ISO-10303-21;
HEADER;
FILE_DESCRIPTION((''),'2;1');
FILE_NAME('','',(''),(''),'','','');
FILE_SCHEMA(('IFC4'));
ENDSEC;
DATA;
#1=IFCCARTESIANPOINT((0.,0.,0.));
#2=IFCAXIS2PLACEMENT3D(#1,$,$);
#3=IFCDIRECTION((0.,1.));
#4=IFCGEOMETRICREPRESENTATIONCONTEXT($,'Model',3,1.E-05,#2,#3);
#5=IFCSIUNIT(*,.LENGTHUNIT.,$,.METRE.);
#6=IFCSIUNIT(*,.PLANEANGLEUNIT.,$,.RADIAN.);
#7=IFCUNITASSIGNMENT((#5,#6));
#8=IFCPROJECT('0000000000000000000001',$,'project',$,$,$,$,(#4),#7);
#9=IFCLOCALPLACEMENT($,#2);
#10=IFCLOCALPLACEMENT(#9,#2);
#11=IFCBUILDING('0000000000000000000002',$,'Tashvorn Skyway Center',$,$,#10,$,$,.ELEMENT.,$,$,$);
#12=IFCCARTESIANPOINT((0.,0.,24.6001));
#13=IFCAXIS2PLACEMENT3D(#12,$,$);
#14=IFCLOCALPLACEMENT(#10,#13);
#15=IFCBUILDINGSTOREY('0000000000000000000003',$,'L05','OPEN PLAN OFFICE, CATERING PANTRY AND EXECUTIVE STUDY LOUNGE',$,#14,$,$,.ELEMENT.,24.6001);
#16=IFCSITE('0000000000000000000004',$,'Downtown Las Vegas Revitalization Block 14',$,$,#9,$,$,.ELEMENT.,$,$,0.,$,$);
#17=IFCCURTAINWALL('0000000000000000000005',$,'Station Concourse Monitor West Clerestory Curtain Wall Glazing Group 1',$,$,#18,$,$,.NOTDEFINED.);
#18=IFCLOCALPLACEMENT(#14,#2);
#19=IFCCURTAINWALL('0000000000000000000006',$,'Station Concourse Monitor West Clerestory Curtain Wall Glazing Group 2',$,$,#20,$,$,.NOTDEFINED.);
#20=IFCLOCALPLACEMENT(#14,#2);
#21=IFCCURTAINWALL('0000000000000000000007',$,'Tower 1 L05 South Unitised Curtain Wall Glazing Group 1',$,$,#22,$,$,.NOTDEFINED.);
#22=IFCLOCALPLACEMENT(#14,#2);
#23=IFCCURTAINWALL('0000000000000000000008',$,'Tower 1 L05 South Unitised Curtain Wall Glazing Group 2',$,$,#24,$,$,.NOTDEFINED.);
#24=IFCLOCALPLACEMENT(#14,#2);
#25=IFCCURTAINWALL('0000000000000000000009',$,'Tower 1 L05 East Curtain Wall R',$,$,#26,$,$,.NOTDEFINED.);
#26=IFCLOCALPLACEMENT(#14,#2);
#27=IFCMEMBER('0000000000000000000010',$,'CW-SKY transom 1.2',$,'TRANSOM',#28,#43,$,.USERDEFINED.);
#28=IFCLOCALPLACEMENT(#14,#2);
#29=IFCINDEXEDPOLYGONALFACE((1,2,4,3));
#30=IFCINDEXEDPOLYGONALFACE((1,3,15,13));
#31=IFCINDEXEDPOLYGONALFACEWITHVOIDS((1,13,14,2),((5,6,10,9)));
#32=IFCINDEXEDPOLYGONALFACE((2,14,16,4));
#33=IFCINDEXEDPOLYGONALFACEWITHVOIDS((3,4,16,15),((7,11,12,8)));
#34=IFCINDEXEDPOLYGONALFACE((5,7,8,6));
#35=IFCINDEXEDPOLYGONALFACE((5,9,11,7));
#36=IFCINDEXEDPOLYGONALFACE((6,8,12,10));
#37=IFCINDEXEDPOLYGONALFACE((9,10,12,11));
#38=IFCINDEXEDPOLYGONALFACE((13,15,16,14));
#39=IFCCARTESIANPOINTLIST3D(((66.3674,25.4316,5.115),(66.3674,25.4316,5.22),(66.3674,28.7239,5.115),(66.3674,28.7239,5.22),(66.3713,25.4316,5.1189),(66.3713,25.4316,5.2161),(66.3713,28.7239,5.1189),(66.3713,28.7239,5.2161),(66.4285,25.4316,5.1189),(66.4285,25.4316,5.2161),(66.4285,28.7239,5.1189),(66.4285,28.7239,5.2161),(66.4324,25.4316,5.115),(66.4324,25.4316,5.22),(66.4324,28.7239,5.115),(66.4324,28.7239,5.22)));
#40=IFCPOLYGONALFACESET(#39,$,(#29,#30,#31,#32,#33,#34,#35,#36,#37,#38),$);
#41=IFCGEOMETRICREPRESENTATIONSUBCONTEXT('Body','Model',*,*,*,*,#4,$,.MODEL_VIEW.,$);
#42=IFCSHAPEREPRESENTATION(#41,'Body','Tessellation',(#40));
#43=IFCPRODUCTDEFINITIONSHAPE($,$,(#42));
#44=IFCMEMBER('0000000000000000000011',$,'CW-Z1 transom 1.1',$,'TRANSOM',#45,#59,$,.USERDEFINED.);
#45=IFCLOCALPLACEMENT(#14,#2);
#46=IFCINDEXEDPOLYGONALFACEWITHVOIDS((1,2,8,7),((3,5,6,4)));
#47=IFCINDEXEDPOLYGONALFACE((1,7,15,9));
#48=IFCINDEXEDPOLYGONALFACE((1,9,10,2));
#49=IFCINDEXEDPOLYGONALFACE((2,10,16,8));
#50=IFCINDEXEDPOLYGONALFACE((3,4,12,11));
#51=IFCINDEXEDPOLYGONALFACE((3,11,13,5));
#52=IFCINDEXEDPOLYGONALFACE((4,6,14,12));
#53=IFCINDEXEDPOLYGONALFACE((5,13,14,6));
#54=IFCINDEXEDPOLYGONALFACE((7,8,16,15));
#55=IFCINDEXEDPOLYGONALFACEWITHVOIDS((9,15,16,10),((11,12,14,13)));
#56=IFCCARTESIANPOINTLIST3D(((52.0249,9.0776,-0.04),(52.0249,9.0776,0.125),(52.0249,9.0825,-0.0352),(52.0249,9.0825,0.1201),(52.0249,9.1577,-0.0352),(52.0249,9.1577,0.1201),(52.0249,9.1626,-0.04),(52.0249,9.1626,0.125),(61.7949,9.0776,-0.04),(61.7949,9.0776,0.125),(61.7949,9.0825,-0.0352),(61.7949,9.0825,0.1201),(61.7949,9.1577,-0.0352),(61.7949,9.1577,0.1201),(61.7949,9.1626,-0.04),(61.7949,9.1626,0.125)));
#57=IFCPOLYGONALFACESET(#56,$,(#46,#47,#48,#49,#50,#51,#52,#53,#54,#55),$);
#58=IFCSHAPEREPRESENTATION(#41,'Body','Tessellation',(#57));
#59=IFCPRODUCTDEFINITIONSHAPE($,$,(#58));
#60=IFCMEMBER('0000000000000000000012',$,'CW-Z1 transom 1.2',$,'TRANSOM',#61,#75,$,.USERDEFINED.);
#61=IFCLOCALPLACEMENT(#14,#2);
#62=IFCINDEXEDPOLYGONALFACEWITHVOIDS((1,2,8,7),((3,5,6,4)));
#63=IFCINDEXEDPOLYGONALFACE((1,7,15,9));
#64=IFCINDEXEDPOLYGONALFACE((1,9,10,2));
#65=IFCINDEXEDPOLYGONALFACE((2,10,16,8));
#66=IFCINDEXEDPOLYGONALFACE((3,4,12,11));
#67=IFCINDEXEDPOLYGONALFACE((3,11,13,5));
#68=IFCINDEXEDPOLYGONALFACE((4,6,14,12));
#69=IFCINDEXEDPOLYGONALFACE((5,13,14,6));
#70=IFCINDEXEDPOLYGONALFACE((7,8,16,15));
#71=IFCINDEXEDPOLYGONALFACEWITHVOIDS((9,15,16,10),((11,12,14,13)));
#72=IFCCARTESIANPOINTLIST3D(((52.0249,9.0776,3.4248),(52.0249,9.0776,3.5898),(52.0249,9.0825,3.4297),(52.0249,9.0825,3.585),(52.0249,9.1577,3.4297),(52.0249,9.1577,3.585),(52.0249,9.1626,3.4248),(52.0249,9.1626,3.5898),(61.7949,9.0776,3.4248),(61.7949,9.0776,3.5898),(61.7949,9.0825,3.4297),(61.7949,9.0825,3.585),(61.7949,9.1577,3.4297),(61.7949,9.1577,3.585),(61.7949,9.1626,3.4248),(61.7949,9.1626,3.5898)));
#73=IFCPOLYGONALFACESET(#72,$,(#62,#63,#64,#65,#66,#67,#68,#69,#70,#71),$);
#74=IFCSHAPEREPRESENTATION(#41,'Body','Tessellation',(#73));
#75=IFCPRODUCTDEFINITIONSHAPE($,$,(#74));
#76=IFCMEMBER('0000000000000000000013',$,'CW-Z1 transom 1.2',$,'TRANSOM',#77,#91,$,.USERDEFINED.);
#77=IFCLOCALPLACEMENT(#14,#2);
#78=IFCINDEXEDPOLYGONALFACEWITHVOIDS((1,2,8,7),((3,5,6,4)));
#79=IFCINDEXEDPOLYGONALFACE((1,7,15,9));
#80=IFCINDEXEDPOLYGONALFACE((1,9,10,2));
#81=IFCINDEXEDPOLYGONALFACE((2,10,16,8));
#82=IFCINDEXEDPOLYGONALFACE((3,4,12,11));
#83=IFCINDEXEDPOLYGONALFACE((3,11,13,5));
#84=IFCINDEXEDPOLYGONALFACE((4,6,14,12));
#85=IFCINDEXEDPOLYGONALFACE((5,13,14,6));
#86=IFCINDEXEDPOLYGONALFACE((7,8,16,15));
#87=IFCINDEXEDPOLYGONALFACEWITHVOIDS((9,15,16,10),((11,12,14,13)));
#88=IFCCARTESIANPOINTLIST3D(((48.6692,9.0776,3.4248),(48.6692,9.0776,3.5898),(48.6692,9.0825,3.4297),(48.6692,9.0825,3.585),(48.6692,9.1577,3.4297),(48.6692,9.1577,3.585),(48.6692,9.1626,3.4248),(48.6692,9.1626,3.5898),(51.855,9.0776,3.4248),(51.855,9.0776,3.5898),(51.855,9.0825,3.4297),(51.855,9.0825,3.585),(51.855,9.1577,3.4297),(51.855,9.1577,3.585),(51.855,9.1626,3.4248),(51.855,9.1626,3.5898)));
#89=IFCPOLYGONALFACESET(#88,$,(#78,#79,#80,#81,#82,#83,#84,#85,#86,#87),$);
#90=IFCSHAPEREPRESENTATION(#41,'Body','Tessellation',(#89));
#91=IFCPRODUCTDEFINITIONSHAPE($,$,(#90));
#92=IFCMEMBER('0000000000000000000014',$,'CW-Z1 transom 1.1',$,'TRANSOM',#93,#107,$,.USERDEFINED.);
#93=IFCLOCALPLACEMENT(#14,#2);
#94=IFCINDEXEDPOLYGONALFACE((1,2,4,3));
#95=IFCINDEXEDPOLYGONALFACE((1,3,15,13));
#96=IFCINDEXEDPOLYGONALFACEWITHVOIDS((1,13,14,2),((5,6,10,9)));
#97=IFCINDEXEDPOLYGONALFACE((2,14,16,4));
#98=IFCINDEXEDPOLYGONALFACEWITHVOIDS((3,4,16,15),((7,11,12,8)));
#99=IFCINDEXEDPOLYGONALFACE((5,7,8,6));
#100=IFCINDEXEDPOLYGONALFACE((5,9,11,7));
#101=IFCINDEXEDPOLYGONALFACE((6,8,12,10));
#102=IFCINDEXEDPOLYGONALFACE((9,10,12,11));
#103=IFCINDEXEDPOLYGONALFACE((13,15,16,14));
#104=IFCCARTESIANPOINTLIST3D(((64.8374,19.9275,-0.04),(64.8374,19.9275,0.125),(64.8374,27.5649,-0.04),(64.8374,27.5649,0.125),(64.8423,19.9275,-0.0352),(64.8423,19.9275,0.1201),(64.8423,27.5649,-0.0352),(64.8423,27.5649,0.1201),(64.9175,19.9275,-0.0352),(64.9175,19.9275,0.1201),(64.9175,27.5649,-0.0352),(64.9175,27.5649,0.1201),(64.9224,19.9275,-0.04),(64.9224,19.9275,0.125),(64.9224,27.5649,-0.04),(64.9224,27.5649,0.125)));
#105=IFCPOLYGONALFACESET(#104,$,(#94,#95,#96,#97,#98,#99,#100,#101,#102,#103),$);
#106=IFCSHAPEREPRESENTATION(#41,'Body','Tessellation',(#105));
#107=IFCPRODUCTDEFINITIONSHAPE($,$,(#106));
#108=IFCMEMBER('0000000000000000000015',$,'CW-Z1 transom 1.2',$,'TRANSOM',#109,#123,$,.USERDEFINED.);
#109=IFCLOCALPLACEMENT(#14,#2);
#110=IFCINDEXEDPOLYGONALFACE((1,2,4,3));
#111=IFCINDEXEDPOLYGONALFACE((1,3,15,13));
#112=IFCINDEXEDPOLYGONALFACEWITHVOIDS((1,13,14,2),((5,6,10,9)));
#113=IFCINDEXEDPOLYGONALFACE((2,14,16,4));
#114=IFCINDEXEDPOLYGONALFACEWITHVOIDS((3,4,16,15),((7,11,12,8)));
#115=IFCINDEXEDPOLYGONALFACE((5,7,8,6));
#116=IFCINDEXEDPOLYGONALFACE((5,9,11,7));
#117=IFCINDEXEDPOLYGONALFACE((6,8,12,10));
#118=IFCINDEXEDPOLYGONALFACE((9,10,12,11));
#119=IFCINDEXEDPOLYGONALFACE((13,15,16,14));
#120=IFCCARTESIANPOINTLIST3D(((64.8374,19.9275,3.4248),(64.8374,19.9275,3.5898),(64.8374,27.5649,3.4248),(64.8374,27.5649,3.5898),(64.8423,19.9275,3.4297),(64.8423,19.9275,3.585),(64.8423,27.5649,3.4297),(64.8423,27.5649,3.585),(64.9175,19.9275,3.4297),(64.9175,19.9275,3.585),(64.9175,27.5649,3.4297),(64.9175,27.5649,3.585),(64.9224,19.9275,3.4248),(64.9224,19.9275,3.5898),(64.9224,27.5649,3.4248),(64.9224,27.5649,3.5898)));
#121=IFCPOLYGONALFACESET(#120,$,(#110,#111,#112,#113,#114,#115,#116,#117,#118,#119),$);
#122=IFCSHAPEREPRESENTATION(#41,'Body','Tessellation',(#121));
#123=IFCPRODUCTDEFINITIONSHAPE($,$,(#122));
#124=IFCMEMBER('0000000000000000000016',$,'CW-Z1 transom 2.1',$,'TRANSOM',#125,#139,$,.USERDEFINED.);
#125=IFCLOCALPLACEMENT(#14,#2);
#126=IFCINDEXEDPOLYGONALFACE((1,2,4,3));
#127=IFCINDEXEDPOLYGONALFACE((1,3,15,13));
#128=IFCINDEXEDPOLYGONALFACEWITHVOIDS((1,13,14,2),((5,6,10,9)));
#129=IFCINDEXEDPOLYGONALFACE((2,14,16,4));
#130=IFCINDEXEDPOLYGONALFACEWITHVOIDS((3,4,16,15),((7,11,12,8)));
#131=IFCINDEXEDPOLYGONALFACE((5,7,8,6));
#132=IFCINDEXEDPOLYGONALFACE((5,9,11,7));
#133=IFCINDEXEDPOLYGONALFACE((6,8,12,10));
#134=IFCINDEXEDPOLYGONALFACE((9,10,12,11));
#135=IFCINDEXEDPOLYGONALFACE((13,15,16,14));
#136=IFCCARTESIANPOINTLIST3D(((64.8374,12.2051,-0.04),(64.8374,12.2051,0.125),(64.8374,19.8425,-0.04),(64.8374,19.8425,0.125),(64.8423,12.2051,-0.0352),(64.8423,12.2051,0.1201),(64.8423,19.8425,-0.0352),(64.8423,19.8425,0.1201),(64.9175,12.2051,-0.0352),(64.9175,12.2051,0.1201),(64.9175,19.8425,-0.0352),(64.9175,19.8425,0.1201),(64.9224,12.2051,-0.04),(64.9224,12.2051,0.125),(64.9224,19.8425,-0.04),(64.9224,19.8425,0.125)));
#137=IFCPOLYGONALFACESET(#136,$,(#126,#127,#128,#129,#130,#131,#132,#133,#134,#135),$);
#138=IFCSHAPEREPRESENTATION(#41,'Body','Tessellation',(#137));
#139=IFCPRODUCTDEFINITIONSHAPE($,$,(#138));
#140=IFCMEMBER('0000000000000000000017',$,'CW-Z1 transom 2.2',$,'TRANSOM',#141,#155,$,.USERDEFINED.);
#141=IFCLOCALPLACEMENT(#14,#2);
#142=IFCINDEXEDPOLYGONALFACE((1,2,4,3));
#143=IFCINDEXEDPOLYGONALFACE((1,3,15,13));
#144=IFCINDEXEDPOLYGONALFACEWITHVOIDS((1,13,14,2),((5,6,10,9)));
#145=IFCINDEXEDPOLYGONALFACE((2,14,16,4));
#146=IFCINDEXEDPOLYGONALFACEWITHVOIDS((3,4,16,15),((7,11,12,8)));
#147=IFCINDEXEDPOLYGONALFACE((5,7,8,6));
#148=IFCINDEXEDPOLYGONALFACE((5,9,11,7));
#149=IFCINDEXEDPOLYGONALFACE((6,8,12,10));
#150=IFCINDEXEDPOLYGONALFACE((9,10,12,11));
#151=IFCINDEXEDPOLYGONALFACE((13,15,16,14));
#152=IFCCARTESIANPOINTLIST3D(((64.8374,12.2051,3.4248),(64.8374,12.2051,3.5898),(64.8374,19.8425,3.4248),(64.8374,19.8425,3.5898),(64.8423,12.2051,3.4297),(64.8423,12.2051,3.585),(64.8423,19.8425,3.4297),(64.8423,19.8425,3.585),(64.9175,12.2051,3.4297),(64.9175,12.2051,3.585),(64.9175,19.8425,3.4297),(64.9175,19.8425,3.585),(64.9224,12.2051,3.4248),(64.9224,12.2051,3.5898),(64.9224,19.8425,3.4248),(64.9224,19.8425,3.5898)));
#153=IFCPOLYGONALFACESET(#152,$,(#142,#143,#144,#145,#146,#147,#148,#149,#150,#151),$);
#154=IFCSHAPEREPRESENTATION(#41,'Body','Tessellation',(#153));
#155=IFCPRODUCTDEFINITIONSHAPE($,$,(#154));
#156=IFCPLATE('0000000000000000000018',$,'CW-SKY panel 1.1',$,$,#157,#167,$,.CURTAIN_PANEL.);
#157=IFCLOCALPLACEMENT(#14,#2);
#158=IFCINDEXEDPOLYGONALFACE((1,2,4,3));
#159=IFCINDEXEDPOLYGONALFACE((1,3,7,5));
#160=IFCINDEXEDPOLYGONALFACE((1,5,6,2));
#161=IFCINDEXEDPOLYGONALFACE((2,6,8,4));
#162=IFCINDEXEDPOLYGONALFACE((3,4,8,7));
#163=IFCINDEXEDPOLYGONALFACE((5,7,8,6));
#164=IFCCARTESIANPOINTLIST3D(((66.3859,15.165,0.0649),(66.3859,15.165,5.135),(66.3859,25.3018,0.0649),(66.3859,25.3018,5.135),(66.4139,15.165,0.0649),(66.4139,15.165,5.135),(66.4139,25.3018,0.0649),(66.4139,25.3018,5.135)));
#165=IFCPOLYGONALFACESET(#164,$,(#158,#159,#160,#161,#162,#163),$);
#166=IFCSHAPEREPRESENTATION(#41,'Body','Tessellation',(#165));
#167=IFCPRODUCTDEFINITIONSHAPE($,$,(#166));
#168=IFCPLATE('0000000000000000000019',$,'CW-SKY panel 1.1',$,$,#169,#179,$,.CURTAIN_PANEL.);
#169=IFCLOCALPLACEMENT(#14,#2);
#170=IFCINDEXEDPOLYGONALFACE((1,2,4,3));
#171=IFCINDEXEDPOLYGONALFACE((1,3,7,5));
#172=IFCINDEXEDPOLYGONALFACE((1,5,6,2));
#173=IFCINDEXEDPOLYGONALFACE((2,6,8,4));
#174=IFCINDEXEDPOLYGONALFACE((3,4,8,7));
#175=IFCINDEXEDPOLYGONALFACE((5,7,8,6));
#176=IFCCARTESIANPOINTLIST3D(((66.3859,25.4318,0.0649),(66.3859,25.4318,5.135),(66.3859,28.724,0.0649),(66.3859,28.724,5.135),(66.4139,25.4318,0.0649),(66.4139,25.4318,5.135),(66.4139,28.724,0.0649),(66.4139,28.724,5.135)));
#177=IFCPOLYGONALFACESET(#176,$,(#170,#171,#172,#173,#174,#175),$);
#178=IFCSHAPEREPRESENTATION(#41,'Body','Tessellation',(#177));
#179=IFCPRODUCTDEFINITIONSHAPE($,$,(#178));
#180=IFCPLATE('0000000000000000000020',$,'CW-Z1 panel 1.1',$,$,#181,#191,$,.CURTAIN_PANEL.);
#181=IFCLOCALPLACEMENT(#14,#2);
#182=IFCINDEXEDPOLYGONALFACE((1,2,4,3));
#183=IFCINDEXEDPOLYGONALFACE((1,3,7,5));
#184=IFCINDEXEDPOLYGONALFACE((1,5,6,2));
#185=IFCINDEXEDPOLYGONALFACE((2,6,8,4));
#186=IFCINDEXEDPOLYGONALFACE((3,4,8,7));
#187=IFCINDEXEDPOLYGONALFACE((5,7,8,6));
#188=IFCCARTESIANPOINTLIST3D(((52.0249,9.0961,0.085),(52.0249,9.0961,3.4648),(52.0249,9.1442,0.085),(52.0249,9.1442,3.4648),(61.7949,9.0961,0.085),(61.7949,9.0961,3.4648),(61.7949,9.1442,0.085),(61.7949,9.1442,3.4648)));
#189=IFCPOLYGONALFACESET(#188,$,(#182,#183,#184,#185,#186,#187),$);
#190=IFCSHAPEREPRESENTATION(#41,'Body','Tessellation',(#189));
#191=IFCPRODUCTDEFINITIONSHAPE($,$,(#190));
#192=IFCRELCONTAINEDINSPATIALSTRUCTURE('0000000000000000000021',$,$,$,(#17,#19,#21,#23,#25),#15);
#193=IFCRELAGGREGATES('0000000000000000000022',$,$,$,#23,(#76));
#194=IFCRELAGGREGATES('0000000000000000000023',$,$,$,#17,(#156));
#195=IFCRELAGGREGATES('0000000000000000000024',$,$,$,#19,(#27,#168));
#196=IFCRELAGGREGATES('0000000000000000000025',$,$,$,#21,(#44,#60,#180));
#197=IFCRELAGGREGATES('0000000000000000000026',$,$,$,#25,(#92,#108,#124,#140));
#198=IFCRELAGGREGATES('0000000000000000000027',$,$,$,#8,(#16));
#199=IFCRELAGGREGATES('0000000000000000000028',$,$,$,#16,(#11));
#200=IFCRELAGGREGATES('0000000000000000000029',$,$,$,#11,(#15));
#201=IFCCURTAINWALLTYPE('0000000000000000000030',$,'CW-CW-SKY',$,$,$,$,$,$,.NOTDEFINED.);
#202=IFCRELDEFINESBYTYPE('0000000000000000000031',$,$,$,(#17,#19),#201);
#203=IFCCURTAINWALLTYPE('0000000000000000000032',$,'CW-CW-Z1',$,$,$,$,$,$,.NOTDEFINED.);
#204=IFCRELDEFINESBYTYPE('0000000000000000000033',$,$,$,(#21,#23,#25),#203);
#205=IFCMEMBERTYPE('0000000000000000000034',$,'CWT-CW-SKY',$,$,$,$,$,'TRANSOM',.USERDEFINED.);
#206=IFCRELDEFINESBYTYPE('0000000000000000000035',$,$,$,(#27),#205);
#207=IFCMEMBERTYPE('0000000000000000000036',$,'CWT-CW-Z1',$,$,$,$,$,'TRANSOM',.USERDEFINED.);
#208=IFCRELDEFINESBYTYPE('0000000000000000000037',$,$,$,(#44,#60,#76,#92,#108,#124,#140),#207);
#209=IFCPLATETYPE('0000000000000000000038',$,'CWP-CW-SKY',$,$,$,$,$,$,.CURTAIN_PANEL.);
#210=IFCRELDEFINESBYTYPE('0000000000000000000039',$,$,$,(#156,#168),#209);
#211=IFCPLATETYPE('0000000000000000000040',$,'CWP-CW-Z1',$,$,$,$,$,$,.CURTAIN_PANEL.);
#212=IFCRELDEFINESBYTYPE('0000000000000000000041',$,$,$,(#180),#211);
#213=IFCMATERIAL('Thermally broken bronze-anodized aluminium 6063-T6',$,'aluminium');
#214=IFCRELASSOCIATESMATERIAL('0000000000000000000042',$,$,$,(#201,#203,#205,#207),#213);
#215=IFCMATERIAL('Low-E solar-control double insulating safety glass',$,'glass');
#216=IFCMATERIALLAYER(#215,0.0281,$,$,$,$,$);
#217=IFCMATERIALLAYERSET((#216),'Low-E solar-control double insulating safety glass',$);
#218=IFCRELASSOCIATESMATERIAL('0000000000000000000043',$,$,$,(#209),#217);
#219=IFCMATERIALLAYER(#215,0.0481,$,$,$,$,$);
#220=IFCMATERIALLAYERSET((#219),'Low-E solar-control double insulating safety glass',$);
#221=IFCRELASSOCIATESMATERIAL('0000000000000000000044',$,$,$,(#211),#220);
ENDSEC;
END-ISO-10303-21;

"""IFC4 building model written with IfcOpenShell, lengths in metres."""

from ifc_helpers import new_model, si_unit, direction, frame, origin, origin_2d, place, context, subcontext, project, spatial, rectangle, hollow_rectangle, extrude, material, layer, layer_set, material_profile, profile_set, type_object, element, aggregate, save


model = new_model("IFC4")

# Units and contexts
model_context = context("Model", 3, precision=1e-05, world=origin(), true_north=direction((0.0, 1.0)))
body_context = subcontext(model_context, "Body", "Model", "MODEL_VIEW")
ifc_project = project(units=[si_unit("LENGTHUNIT", "METRE"), si_unit("PLANEANGLEUNIT", "RADIAN")], contexts=[model_context])

# Site, building, storey
site_placement = place(None, origin())
site = spatial("IfcSite", under=ifc_project, at=site_placement, Name="Downtown Las Vegas Revitalization Block 14", CompositionType="ELEMENT", RefElevation=0.0)
building_placement = place(site_placement, origin())
building = spatial("IfcBuilding", under=site, at=building_placement, Name="Tashvorn Skyway Center", CompositionType="ELEMENT")
storey_placement = place(building_placement, frame((0.0, 0.0, 24.6001)))
storey = spatial("IfcBuildingStorey", under=building, at=storey_placement, Name="L05", Description="OPEN PLAN OFFICE, CATERING PANTRY AND EXECUTIVE STUDY LOUNGE", CompositionType="ELEMENT", Elevation=24.6001)

# Curtain walls
ifc_material_1 = material(Name="Thermally broken bronze-anodized aluminium 6063-T6", Category="aluminium")
curtain_wall_type_1 = type_object("IfcCurtainWallType", Name="CW-CW-SKY", PredefinedType="NOTDEFINED", material=ifc_material_1)
curtain_wall_1_placement = place(storey_placement, origin())
curtain_wall_1 = element("IfcCurtainWall", 1, at=curtain_wall_1_placement, inside=storey, type_object=curtain_wall_type_1, Name="Station Concourse Monitor West Clerestory Curtain Wall Glazing Group 1", PredefinedType="NOTDEFINED")
curtain_wall_2_placement = place(storey_placement, origin())
curtain_wall_2 = element("IfcCurtainWall", 2, at=curtain_wall_2_placement, inside=storey, type_object=curtain_wall_type_1, Name="Station Concourse Monitor West Clerestory Curtain Wall Glazing Group 2", PredefinedType="NOTDEFINED")
curtain_wall_type_2 = type_object("IfcCurtainWallType", Name="CW-CW-Z1", PredefinedType="NOTDEFINED", material=ifc_material_1)
curtain_wall_3_placement = place(storey_placement, origin())
curtain_wall_3 = element("IfcCurtainWall", 3, at=curtain_wall_3_placement, inside=storey, type_object=curtain_wall_type_2, Name="Tower 1 L05 South Unitised Curtain Wall Glazing Group 1", PredefinedType="NOTDEFINED")

# Curtain wall
curtain_wall_4_placement = place(storey_placement, origin())
curtain_wall_4 = element("IfcCurtainWall", 4, at=curtain_wall_4_placement, inside=storey, type_object=curtain_wall_type_2, Name="Tower 1 L05 South Unitised Curtain Wall Glazing Group 2", PredefinedType="NOTDEFINED")

# Curtain wall
curtain_wall_5_placement = place(storey_placement, origin())
curtain_wall_5 = element("IfcCurtainWall", 5, at=curtain_wall_5_placement, inside=storey, type_object=curtain_wall_type_2, Name="Tower 1 L05 East Curtain Wall R", PredefinedType="NOTDEFINED")

# Members
ifc_material_profile_1 = material_profile(ifc_material_1, hollow_rectangle(XDim=0.0649, YDim=0.105, WallThickness=0.0039, at=origin_2d()), Name="ALU-TRAN-65x105")
ifc_profile_set_1 = profile_set([ifc_material_profile_1], Name="Thermally broken bronze-anodized aluminium 6063-T6")
member_type_1 = type_object("IfcMemberType", Name="CWT-CW-SKY", ElementType="TRANSOM", PredefinedType="USERDEFINED", material=ifc_profile_set_1)
member_1_placement = place(storey_placement, frame((66.3999, 25.4316, 5.1675), z_axis=(0.0, 1.0, 0.0), x_axis=(-1.0, 0.0, 0.0)))
member_1 = element("IfcMember", 6, at=member_1_placement, type_object=member_type_1, Name="CW-SKY transom 1.2", ObjectType="TRANSOM", PredefinedType="USERDEFINED", context=body_context, shape_type="SweptSolid", body=[
    extrude(hollow_rectangle(XDim=0.0649, YDim=0.105, WallThickness=0.0039, at=origin_2d()), origin(), (0.0, 0.0, 1.0), 3.2922),
])
ifc_material_profile_2 = material_profile(ifc_material_1, hollow_rectangle(XDim=0.085, YDim=0.165, WallThickness=0.0049, at=origin_2d()), Name="ALU-TRAN-85x165")
ifc_profile_set_2 = profile_set([ifc_material_profile_2], Name="Thermally broken bronze-anodized aluminium 6063-T6")
member_type_2 = type_object("IfcMemberType", Name="CWT-CW-Z1", ElementType="TRANSOM", PredefinedType="USERDEFINED", material=ifc_profile_set_2)
member_2_placement = place(storey_placement, frame((61.7949, 9.1201, 0.0425), z_axis=(-1.0, 0.0, 0.0), x_axis=(0.0, -1.0, 0.0)))
member_2 = element("IfcMember", 7, at=member_2_placement, type_object=member_type_2, Name="CW-Z1 transom 1.1", ObjectType="TRANSOM", PredefinedType="USERDEFINED", context=body_context, shape_type="SweptSolid", body=[
    extrude(hollow_rectangle(XDim=0.085, YDim=0.165, WallThickness=0.0049, at=origin_2d()), origin(), (0.0, 0.0, 1.0), 9.77),
])
member_3_placement = place(storey_placement, frame((61.7949, 9.1201, 3.5073), z_axis=(-1.0, 0.0, 0.0), x_axis=(0.0, -1.0, 0.0)))
member_3 = element("IfcMember", 8, at=member_3_placement, type_object=member_type_2, Name="CW-Z1 transom 1.2", ObjectType="TRANSOM", PredefinedType="USERDEFINED", context=body_context, shape_type="SweptSolid", body=[
    extrude(hollow_rectangle(XDim=0.085, YDim=0.165, WallThickness=0.0049, at=origin_2d()), origin(), (0.0, 0.0, 1.0), 9.77),
])
member_4_placement = place(storey_placement, frame((51.855, 9.1201, 3.5073), z_axis=(-1.0, 0.0, 0.0), x_axis=(0.0, -1.0, 0.0)))
member_4 = element("IfcMember", 9, at=member_4_placement, type_object=member_type_2, Name="CW-Z1 transom 1.2", ObjectType="TRANSOM", PredefinedType="USERDEFINED", context=body_context, shape_type="SweptSolid", body=[
    extrude(hollow_rectangle(XDim=0.085, YDim=0.165, WallThickness=0.0049, at=origin_2d()), origin(), (0.0, 0.0, 1.0), 3.1858),
])
aggregate(curtain_wall_4, [member_4])
member_5_placement = place(storey_placement, frame((64.8799, 27.5649, 0.0425), z_axis=(0.0, -1.0, 0.0), x_axis=(1.0, 0.0, 0.0)))
member_5 = element("IfcMember", 10, at=member_5_placement, type_object=member_type_2, Name="CW-Z1 transom 1.1", ObjectType="TRANSOM", PredefinedType="USERDEFINED", context=body_context, shape_type="SweptSolid", body=[
    extrude(hollow_rectangle(XDim=0.085, YDim=0.165, WallThickness=0.0049, at=origin_2d()), origin(), (0.0, 0.0, 1.0), 7.6375),
])
member_6_placement = place(storey_placement, frame((64.8799, 27.5649, 3.5073), z_axis=(0.0, -1.0, 0.0), x_axis=(1.0, 0.0, 0.0)))
member_6 = element("IfcMember", 11, at=member_6_placement, type_object=member_type_2, Name="CW-Z1 transom 1.2", ObjectType="TRANSOM", PredefinedType="USERDEFINED", context=body_context, shape_type="SweptSolid", body=[
    extrude(hollow_rectangle(XDim=0.085, YDim=0.165, WallThickness=0.0049, at=origin_2d()), origin(), (0.0, 0.0, 1.0), 7.6375),
])
member_7_placement = place(storey_placement, frame((64.8799, 19.8425, 0.0425), z_axis=(0.0, -1.0, 0.0), x_axis=(1.0, 0.0, 0.0)))
member_7 = element("IfcMember", 12, at=member_7_placement, type_object=member_type_2, Name="CW-Z1 transom 2.1", ObjectType="TRANSOM", PredefinedType="USERDEFINED", context=body_context, shape_type="SweptSolid", body=[
    extrude(hollow_rectangle(XDim=0.085, YDim=0.165, WallThickness=0.0049, at=origin_2d()), origin(), (0.0, 0.0, 1.0), 7.6375),
])
member_8_placement = place(storey_placement, frame((64.8799, 19.8425, 3.5073), z_axis=(0.0, -1.0, 0.0), x_axis=(1.0, 0.0, 0.0)))
member_8 = element("IfcMember", 13, at=member_8_placement, type_object=member_type_2, Name="CW-Z1 transom 2.2", ObjectType="TRANSOM", PredefinedType="USERDEFINED", context=body_context, shape_type="SweptSolid", body=[
    extrude(hollow_rectangle(XDim=0.085, YDim=0.165, WallThickness=0.0049, at=origin_2d()), origin(), (0.0, 0.0, 1.0), 7.6375),
])

# Plates
ifc_material_2 = material(Name="Low-E solar-control double insulating safety glass", Category="glass")
ifc_layer_1 = layer(ifc_material_2, 0.0281)
ifc_layer_set_1 = layer_set([ifc_layer_1], Name="Low-E solar-control double insulating safety glass")
plate_type_1 = type_object("IfcPlateType", Name="CWP-CW-SKY", PredefinedType="CURTAIN_PANEL", material=ifc_layer_set_1)
plate_1_placement = place(storey_placement, frame((66.3999, 20.2334, 0.0649), z_axis=(0.0, 0.0, 1.0), x_axis=(0.0, 1.0, 0.0)))
plate_1 = element("IfcPlate", 14, at=plate_1_placement, type_object=plate_type_1, Name="CW-SKY panel 1.1", PredefinedType="CURTAIN_PANEL", context=body_context, shape_type="SweptSolid", body=[
    extrude(rectangle(XDim=10.1367, YDim=0.0281, at=origin_2d()), origin(), (0.0, 0.0, 1.0), 5.0701),
])
aggregate(curtain_wall_1, [plate_1])
plate_2_placement = place(storey_placement, frame((66.3999, 27.0779, 0.0649), z_axis=(0.0, 0.0, 1.0), x_axis=(0.0, 1.0, 0.0)))
plate_2 = element("IfcPlate", 15, at=plate_2_placement, type_object=plate_type_1, Name="CW-SKY panel 1.1", PredefinedType="CURTAIN_PANEL", context=body_context, shape_type="SweptSolid", body=[
    extrude(rectangle(XDim=3.2922, YDim=0.0281, at=origin_2d()), origin(), (0.0, 0.0, 1.0), 5.0701),
])
aggregate(curtain_wall_2, [member_1, plate_2])
ifc_layer_2 = layer(ifc_material_2, 0.0481)
ifc_layer_set_2 = layer_set([ifc_layer_2], Name="Low-E solar-control double insulating safety glass")
plate_type_2 = type_object("IfcPlateType", Name="CWP-CW-Z1", PredefinedType="CURTAIN_PANEL", material=ifc_layer_set_2)
plate_3_placement = place(storey_placement, frame((56.9099, 9.1201, 0.085), z_axis=(0.0, 0.0, 1.0), x_axis=(-1.0, 0.0, 0.0)))
plate_3 = element("IfcPlate", 16, at=plate_3_placement, type_object=plate_type_2, Name="CW-Z1 panel 1.1", PredefinedType="CURTAIN_PANEL", context=body_context, shape_type="SweptSolid", body=[
    extrude(rectangle(XDim=9.77, YDim=0.0481, at=origin_2d()), origin(), (0.0, 0.0, 1.0), 3.3799),
])
aggregate(curtain_wall_3, [member_2, member_3, plate_3])
aggregate(curtain_wall_5, [member_5, member_6, member_7, member_8])

save(model, "model.ifc")
